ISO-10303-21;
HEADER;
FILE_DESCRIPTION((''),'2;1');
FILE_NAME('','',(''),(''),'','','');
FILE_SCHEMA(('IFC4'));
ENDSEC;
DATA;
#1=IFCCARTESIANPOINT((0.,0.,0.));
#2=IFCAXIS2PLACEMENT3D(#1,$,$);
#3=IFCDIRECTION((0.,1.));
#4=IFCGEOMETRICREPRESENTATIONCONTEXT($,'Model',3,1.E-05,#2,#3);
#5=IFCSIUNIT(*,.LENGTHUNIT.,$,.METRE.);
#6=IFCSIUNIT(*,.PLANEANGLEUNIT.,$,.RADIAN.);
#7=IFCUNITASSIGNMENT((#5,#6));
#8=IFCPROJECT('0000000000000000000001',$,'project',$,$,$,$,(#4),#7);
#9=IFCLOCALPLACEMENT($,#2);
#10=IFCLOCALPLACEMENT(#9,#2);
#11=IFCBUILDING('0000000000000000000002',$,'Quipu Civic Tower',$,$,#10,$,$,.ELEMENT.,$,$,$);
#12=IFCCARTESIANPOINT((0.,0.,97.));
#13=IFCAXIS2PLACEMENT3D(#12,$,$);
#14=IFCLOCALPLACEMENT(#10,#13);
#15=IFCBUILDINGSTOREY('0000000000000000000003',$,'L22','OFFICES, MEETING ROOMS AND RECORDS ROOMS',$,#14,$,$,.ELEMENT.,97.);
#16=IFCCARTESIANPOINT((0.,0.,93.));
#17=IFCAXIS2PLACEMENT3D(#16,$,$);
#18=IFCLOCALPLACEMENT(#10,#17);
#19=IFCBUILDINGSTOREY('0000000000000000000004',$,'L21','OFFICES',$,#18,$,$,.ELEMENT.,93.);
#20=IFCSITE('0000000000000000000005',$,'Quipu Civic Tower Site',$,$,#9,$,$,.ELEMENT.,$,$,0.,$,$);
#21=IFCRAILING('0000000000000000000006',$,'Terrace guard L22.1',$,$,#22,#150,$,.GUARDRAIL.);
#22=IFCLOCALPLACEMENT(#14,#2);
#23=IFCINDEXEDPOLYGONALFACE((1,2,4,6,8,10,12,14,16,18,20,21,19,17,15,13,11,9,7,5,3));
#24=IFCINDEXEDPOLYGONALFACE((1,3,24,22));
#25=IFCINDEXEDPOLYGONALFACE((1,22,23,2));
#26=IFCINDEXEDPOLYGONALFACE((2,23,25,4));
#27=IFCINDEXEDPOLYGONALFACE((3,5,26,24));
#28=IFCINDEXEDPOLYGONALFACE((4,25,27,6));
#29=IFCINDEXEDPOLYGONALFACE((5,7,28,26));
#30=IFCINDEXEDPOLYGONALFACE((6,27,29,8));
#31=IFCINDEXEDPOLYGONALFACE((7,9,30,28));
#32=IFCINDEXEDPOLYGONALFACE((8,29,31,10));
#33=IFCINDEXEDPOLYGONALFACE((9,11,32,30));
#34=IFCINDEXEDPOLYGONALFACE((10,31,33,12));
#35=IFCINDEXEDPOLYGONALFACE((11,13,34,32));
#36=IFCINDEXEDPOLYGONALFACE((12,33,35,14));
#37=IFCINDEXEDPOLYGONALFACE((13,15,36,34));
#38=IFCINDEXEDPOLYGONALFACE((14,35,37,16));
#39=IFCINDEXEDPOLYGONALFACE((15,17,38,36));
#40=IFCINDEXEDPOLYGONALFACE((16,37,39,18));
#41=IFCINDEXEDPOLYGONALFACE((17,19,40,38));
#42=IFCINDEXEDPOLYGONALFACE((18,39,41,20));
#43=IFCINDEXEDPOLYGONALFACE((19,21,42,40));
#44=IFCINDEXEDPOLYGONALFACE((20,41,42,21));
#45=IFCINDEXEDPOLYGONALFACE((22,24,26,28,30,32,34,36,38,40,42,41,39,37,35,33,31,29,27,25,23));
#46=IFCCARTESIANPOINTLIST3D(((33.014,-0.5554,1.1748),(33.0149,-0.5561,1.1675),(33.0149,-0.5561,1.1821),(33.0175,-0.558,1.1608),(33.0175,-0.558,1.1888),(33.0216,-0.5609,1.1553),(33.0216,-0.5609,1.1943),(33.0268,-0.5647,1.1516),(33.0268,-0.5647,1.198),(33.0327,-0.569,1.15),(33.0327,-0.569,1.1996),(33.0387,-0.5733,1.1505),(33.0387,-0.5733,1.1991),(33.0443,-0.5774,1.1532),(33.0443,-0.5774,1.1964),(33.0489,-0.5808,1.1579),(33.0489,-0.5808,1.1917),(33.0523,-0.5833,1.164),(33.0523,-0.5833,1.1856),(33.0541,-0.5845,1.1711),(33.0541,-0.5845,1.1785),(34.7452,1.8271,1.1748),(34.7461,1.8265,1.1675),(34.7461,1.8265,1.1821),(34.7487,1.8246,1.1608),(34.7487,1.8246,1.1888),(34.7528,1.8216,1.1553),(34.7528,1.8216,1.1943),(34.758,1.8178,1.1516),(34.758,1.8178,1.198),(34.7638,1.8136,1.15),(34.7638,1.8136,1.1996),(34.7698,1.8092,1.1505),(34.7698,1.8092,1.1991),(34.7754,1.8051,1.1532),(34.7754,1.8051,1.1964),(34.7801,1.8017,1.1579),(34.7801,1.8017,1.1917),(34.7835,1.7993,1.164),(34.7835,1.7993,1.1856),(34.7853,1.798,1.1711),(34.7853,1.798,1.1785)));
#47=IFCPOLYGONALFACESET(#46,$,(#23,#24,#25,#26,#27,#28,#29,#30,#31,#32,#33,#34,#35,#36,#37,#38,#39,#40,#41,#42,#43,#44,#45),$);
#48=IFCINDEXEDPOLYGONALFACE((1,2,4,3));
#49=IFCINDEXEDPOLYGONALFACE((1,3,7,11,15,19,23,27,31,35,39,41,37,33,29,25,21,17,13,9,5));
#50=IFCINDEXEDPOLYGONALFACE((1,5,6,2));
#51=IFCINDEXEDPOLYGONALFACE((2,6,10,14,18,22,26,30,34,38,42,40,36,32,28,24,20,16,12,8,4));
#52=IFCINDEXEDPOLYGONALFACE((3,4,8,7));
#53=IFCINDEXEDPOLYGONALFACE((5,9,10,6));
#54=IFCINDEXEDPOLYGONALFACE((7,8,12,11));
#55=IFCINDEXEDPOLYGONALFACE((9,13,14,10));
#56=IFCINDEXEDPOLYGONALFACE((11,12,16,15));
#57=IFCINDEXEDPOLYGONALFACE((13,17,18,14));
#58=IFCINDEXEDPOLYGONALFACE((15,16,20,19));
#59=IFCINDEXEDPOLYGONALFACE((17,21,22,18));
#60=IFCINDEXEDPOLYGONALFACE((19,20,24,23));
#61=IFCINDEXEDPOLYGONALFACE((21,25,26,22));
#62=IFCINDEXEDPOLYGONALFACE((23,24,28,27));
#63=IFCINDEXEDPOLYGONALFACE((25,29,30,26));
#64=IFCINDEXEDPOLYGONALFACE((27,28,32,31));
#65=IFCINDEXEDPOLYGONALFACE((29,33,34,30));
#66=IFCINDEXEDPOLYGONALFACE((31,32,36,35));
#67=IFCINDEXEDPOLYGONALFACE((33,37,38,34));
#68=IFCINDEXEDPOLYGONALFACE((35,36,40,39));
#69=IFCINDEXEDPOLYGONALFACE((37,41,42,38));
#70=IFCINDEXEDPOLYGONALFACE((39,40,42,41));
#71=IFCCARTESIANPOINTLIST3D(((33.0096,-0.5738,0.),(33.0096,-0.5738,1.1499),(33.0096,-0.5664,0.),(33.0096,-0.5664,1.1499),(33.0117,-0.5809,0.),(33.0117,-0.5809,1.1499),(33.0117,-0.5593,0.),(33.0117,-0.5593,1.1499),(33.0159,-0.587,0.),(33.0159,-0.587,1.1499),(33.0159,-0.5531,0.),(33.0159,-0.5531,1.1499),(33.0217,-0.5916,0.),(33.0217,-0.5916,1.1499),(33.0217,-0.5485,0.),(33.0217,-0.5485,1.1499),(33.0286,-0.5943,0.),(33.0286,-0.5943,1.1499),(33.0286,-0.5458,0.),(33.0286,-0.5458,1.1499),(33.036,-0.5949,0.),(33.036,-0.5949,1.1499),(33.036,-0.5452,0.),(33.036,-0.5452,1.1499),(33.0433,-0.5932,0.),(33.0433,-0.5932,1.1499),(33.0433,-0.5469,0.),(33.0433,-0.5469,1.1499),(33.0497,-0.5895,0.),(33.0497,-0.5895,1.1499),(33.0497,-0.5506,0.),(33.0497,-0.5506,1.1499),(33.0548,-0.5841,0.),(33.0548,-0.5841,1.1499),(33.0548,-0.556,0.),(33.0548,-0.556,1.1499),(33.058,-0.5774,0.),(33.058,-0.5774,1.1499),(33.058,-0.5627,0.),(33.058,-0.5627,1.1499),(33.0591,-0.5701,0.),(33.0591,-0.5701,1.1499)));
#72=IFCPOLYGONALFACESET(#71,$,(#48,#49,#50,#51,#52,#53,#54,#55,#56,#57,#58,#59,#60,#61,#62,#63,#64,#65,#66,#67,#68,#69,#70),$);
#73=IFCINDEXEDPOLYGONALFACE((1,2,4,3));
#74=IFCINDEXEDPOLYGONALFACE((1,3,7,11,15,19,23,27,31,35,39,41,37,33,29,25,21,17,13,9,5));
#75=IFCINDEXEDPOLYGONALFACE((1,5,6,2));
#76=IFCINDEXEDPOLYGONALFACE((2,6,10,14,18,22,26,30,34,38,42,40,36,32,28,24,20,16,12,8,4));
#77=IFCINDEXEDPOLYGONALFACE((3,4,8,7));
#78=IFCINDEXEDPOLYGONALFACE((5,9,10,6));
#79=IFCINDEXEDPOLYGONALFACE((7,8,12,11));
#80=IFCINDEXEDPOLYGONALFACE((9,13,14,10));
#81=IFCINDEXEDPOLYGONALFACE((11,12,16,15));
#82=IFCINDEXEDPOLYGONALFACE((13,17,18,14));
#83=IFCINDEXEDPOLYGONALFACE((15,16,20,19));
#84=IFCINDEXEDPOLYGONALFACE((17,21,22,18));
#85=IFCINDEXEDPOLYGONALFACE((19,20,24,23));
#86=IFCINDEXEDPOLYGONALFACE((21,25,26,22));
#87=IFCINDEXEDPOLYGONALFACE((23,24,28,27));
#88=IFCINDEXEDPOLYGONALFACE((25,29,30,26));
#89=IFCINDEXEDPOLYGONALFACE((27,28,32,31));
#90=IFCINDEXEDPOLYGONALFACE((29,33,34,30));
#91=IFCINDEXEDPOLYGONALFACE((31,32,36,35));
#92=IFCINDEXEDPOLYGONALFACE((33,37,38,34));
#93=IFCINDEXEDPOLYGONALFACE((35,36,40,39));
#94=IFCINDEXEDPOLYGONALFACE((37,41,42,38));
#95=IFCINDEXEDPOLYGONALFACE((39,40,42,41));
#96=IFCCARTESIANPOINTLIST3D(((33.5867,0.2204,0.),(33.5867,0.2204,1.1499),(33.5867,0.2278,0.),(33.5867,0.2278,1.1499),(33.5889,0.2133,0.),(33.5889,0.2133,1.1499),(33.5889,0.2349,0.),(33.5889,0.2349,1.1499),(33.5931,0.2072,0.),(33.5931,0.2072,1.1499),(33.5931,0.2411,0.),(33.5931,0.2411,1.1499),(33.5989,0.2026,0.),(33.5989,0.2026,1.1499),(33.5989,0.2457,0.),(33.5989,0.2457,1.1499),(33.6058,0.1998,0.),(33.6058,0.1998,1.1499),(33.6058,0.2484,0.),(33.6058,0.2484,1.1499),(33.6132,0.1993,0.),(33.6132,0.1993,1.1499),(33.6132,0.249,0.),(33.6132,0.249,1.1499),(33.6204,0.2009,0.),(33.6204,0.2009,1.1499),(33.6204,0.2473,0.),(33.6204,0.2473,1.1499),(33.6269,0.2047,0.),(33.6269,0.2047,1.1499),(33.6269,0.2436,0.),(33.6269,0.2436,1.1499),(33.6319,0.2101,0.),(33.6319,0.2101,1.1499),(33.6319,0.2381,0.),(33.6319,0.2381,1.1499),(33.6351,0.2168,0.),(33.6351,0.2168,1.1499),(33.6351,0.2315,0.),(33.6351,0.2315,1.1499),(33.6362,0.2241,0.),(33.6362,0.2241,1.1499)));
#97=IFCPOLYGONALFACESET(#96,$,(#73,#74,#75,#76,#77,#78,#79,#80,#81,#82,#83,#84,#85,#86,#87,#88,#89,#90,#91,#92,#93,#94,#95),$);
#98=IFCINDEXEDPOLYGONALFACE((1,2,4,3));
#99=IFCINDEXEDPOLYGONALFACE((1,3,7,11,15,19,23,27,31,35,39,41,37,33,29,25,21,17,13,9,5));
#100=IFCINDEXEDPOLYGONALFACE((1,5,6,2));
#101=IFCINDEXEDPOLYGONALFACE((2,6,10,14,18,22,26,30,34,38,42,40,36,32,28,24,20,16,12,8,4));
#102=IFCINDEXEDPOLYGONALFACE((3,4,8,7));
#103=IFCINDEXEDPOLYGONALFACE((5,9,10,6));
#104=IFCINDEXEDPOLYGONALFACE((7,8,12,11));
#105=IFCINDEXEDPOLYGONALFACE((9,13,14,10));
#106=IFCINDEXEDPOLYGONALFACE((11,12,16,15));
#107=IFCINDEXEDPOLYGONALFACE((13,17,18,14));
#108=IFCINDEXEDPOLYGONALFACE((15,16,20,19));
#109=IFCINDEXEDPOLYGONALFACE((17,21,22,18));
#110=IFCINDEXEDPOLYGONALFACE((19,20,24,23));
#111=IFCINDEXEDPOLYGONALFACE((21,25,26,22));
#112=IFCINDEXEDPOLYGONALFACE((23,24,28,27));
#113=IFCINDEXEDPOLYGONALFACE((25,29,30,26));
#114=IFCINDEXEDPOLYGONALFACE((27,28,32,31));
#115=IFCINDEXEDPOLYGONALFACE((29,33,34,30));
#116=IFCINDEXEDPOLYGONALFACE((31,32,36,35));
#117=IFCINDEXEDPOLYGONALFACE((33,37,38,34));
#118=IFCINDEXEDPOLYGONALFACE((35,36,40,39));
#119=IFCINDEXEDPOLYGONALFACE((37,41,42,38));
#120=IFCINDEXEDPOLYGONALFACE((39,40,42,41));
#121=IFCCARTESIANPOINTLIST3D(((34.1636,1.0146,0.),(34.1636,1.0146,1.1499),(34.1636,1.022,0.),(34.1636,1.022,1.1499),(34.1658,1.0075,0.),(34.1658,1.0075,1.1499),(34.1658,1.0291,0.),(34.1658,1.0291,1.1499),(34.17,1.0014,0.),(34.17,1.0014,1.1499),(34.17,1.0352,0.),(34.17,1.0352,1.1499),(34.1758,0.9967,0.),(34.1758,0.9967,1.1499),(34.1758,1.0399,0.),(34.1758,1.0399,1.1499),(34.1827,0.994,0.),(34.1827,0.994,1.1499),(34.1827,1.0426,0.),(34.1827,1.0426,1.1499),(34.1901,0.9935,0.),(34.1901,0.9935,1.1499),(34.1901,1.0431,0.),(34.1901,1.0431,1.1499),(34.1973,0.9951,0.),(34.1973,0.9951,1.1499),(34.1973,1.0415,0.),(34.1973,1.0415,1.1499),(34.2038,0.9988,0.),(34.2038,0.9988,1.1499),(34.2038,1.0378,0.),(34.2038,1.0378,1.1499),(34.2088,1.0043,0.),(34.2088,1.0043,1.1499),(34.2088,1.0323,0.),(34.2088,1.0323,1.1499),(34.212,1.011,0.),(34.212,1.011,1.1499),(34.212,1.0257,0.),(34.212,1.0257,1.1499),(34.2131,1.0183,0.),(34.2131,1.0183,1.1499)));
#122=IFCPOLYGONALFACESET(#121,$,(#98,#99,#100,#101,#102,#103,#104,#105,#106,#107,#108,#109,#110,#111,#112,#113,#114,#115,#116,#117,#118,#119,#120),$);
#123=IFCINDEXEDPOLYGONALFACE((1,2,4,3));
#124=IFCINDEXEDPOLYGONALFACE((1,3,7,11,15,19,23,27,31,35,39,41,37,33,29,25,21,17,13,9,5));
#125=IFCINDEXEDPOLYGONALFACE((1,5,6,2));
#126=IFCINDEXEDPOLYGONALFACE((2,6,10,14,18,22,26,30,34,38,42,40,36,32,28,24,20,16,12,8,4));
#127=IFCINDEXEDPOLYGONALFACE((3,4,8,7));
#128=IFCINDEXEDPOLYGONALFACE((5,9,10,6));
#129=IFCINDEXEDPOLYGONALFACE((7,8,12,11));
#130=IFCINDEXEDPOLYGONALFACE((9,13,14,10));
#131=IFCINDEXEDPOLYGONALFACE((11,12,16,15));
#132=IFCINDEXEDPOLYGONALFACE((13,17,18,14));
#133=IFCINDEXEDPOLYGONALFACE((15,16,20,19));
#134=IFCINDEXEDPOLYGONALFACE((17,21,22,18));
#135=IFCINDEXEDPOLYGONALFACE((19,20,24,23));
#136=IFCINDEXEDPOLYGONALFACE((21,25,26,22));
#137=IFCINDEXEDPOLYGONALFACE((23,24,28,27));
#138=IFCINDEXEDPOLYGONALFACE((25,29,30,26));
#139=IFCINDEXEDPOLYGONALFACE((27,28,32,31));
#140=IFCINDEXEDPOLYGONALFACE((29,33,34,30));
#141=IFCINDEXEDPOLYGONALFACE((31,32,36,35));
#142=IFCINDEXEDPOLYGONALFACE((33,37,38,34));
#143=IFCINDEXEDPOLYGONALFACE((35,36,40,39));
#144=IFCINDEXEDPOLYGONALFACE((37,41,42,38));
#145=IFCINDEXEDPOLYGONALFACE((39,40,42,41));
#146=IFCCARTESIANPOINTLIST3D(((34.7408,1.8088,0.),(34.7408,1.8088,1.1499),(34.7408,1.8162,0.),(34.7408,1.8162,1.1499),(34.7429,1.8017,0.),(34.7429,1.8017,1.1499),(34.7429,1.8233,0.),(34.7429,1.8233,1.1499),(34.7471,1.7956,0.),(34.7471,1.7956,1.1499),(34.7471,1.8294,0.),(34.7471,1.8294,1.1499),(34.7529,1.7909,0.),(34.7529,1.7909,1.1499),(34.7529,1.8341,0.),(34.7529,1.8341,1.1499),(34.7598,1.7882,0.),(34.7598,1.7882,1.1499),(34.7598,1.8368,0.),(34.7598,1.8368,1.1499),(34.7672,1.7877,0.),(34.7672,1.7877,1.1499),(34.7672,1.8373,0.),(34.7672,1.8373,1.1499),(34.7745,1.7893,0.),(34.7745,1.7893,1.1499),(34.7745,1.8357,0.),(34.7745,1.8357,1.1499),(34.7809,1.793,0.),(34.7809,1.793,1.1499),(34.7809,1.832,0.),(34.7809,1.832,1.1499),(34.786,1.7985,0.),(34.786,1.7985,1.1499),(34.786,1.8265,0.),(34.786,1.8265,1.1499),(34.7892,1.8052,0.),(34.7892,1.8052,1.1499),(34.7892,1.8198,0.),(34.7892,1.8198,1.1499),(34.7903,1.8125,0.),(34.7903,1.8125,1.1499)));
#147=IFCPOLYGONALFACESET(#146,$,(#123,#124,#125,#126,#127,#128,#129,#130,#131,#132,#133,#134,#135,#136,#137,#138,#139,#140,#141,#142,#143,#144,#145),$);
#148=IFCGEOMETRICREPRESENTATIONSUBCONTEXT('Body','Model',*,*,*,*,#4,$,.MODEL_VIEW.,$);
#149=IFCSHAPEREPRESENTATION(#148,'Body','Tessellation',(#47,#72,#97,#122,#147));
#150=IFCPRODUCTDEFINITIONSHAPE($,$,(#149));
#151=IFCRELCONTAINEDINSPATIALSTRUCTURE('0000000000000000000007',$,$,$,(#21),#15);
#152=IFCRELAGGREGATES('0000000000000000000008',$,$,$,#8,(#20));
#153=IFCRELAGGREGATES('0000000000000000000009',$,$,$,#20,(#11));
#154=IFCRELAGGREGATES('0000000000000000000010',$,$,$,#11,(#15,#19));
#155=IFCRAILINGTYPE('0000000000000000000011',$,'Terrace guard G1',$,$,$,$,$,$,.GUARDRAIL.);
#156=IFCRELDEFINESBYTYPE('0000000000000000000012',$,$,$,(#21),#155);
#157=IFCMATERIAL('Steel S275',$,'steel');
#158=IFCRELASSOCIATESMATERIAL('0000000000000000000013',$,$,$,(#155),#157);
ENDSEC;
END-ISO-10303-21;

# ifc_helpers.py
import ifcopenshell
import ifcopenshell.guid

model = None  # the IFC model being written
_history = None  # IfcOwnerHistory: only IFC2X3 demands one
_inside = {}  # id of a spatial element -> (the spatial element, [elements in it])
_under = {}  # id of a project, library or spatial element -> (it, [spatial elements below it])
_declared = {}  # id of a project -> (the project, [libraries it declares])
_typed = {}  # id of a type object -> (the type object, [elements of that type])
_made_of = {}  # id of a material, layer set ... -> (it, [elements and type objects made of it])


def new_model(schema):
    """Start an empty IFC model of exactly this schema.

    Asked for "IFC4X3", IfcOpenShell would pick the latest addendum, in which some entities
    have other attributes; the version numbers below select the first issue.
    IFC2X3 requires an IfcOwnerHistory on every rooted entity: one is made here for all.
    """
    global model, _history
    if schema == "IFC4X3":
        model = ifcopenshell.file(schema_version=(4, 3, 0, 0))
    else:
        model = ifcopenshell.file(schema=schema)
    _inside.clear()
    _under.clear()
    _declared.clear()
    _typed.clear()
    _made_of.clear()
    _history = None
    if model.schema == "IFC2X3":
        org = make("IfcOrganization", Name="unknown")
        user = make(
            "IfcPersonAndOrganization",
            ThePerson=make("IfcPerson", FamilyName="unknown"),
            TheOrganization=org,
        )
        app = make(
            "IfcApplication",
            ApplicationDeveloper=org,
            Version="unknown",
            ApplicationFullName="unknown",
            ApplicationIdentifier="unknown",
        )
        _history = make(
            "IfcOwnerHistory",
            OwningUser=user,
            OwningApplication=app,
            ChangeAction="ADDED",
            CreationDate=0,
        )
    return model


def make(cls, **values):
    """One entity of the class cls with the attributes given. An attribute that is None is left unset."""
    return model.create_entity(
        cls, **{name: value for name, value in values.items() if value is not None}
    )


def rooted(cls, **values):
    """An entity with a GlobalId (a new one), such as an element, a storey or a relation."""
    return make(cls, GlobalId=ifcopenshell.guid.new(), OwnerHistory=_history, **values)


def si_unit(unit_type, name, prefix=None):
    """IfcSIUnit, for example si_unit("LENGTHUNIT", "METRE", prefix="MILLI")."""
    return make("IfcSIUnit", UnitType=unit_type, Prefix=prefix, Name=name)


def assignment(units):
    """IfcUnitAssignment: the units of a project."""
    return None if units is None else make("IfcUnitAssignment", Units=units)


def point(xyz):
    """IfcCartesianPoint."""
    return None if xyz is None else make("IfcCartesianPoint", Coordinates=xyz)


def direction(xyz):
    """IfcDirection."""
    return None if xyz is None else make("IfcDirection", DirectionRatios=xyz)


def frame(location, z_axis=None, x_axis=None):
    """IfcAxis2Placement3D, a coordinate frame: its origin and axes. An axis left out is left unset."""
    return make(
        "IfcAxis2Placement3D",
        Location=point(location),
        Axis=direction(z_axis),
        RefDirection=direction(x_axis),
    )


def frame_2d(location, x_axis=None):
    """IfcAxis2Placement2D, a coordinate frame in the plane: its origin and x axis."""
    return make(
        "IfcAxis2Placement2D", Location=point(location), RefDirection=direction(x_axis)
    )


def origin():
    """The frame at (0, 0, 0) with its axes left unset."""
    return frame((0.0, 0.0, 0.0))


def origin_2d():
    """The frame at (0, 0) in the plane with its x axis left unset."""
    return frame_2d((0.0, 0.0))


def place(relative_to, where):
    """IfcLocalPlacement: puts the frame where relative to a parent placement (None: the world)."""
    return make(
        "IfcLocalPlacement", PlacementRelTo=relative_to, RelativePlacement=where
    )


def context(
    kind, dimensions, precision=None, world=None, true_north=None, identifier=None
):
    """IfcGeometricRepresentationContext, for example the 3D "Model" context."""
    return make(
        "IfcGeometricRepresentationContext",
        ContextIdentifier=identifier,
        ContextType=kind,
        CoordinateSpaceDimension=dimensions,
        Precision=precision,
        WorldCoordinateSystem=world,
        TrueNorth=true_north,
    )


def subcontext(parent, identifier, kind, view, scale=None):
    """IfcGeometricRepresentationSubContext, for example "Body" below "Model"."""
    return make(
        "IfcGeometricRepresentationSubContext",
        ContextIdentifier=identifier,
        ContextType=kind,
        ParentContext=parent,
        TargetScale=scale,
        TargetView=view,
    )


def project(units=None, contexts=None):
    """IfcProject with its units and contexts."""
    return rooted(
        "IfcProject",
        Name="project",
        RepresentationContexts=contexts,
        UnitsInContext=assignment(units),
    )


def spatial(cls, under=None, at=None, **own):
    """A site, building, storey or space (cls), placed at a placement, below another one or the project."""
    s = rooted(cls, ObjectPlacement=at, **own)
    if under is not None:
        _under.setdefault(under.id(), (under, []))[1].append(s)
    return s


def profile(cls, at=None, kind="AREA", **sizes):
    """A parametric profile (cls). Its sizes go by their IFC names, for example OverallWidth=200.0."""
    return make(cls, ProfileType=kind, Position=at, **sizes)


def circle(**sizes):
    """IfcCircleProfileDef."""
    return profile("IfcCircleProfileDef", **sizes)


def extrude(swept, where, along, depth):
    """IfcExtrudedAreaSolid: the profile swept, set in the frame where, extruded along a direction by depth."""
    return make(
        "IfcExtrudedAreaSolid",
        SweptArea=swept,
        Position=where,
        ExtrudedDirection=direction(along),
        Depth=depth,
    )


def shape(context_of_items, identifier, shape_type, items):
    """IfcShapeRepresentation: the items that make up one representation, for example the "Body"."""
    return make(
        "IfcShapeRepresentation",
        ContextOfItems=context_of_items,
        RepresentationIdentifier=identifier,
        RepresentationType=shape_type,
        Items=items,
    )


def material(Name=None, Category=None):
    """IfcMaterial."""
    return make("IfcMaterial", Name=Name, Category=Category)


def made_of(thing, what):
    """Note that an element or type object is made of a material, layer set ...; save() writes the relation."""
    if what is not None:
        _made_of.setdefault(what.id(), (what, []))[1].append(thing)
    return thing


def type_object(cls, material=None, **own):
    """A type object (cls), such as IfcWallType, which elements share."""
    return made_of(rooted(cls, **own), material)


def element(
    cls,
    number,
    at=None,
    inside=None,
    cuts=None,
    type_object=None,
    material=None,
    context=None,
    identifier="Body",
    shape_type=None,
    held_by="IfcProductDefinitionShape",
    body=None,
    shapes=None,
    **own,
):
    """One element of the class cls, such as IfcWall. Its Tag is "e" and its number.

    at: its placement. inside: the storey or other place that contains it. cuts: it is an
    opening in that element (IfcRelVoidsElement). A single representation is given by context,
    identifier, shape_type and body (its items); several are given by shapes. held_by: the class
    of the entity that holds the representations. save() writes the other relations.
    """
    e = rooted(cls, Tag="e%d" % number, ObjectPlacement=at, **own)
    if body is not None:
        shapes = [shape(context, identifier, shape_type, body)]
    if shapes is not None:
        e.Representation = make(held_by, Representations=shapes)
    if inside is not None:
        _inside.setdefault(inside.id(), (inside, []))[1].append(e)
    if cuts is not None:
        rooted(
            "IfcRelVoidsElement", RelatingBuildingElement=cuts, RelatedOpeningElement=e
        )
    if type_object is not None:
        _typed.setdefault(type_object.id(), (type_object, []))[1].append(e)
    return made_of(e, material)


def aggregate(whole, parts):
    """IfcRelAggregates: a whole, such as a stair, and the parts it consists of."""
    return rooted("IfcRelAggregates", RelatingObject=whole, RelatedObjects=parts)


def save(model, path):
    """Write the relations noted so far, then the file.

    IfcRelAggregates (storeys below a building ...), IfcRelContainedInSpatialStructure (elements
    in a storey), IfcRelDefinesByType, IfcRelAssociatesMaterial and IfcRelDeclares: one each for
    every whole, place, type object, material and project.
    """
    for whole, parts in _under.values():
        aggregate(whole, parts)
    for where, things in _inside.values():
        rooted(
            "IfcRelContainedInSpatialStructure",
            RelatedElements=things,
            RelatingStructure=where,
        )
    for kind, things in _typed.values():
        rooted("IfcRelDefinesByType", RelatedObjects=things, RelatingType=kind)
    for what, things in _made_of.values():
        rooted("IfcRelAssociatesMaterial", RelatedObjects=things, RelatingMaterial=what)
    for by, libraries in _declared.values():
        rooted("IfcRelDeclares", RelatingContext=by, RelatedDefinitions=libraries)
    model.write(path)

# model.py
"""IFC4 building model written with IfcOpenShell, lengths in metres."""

from ifc_helpers import new_model, si_unit, direction, frame, origin, origin_2d, place, context, subcontext, project, spatial, circle, extrude, material, type_object, element, save


model = new_model("IFC4")

# Units and contexts
model_context = context("Model", 3, precision=1e-05, world=origin(), true_north=direction((0.0, 1.0)))
body_context = subcontext(model_context, "Body", "Model", "MODEL_VIEW")
ifc_project = project(units=[si_unit("LENGTHUNIT", "METRE"), si_unit("PLANEANGLEUNIT", "RADIAN")], contexts=[model_context])

# Site, building, storey
site_placement = place(None, origin())
site = spatial("IfcSite", under=ifc_project, at=site_placement, Name="Quipu Civic Tower Site", CompositionType="ELEMENT", RefElevation=0.0)
building_placement = place(site_placement, origin())
building = spatial("IfcBuilding", under=site, at=building_placement, Name="Quipu Civic Tower", CompositionType="ELEMENT")
storey_1_placement = place(building_placement, frame((0.0, 0.0, 97.0)))
storey_1 = spatial("IfcBuildingStorey", under=building, at=storey_1_placement, Name="L22", Description="OFFICES, MEETING ROOMS AND RECORDS ROOMS", CompositionType="ELEMENT", Elevation=97.0)

# Shared definitions
storey_2_placement = place(building_placement, frame((0.0, 0.0, 93.0)))
storey_2 = spatial("IfcBuildingStorey", under=building, at=storey_2_placement, Name="L21", Description="OFFICES", CompositionType="ELEMENT", Elevation=93.0)

# Railing
ifc_material_1 = material(Name="Steel S275", Category="steel")
railing_type = type_object("IfcRailingType", Name="Terrace guard G1", PredefinedType="GUARDRAIL", material=ifc_material_1)
railing_placement = place(storey_1_placement, frame((33.0342, -0.5701, 0.0)))
element("IfcRailing", 1, at=railing_placement, inside=storey_1, type_object=railing_type, Name="Terrace guard L22.1", PredefinedType="GUARDRAIL", context=body_context, shape_type="SweptSolid", body=[
    extrude(circle(Radius=0.0249, at=origin_2d()), frame((0.0, 0.0, 1.1748), z_axis=(0.587822, 0.808991, 0.0), x_axis=(-0.808991, 0.587822, 0.0)), (0.0, 0.0, 1.0), 2.9451),
    extrude(circle(Radius=0.0249, at=origin_2d()), origin(), (0.0, 0.0, 1.0), 1.1499),
    extrude(circle(Radius=0.0249, at=origin_2d()), frame((0.5771, 0.7942, 0.0)), (0.0, 0.0, 1.0), 1.1499),
    extrude(circle(Radius=0.0249, at=origin_2d()), frame((1.1541, 1.5884, 0.0)), (0.0, 0.0, 1.0), 1.1499),
    extrude(circle(Radius=0.0249, at=origin_2d()), frame((1.7312, 2.3826, 0.0)), (0.0, 0.0, 1.0), 1.1499),
])

save(model, "model.ifc")
